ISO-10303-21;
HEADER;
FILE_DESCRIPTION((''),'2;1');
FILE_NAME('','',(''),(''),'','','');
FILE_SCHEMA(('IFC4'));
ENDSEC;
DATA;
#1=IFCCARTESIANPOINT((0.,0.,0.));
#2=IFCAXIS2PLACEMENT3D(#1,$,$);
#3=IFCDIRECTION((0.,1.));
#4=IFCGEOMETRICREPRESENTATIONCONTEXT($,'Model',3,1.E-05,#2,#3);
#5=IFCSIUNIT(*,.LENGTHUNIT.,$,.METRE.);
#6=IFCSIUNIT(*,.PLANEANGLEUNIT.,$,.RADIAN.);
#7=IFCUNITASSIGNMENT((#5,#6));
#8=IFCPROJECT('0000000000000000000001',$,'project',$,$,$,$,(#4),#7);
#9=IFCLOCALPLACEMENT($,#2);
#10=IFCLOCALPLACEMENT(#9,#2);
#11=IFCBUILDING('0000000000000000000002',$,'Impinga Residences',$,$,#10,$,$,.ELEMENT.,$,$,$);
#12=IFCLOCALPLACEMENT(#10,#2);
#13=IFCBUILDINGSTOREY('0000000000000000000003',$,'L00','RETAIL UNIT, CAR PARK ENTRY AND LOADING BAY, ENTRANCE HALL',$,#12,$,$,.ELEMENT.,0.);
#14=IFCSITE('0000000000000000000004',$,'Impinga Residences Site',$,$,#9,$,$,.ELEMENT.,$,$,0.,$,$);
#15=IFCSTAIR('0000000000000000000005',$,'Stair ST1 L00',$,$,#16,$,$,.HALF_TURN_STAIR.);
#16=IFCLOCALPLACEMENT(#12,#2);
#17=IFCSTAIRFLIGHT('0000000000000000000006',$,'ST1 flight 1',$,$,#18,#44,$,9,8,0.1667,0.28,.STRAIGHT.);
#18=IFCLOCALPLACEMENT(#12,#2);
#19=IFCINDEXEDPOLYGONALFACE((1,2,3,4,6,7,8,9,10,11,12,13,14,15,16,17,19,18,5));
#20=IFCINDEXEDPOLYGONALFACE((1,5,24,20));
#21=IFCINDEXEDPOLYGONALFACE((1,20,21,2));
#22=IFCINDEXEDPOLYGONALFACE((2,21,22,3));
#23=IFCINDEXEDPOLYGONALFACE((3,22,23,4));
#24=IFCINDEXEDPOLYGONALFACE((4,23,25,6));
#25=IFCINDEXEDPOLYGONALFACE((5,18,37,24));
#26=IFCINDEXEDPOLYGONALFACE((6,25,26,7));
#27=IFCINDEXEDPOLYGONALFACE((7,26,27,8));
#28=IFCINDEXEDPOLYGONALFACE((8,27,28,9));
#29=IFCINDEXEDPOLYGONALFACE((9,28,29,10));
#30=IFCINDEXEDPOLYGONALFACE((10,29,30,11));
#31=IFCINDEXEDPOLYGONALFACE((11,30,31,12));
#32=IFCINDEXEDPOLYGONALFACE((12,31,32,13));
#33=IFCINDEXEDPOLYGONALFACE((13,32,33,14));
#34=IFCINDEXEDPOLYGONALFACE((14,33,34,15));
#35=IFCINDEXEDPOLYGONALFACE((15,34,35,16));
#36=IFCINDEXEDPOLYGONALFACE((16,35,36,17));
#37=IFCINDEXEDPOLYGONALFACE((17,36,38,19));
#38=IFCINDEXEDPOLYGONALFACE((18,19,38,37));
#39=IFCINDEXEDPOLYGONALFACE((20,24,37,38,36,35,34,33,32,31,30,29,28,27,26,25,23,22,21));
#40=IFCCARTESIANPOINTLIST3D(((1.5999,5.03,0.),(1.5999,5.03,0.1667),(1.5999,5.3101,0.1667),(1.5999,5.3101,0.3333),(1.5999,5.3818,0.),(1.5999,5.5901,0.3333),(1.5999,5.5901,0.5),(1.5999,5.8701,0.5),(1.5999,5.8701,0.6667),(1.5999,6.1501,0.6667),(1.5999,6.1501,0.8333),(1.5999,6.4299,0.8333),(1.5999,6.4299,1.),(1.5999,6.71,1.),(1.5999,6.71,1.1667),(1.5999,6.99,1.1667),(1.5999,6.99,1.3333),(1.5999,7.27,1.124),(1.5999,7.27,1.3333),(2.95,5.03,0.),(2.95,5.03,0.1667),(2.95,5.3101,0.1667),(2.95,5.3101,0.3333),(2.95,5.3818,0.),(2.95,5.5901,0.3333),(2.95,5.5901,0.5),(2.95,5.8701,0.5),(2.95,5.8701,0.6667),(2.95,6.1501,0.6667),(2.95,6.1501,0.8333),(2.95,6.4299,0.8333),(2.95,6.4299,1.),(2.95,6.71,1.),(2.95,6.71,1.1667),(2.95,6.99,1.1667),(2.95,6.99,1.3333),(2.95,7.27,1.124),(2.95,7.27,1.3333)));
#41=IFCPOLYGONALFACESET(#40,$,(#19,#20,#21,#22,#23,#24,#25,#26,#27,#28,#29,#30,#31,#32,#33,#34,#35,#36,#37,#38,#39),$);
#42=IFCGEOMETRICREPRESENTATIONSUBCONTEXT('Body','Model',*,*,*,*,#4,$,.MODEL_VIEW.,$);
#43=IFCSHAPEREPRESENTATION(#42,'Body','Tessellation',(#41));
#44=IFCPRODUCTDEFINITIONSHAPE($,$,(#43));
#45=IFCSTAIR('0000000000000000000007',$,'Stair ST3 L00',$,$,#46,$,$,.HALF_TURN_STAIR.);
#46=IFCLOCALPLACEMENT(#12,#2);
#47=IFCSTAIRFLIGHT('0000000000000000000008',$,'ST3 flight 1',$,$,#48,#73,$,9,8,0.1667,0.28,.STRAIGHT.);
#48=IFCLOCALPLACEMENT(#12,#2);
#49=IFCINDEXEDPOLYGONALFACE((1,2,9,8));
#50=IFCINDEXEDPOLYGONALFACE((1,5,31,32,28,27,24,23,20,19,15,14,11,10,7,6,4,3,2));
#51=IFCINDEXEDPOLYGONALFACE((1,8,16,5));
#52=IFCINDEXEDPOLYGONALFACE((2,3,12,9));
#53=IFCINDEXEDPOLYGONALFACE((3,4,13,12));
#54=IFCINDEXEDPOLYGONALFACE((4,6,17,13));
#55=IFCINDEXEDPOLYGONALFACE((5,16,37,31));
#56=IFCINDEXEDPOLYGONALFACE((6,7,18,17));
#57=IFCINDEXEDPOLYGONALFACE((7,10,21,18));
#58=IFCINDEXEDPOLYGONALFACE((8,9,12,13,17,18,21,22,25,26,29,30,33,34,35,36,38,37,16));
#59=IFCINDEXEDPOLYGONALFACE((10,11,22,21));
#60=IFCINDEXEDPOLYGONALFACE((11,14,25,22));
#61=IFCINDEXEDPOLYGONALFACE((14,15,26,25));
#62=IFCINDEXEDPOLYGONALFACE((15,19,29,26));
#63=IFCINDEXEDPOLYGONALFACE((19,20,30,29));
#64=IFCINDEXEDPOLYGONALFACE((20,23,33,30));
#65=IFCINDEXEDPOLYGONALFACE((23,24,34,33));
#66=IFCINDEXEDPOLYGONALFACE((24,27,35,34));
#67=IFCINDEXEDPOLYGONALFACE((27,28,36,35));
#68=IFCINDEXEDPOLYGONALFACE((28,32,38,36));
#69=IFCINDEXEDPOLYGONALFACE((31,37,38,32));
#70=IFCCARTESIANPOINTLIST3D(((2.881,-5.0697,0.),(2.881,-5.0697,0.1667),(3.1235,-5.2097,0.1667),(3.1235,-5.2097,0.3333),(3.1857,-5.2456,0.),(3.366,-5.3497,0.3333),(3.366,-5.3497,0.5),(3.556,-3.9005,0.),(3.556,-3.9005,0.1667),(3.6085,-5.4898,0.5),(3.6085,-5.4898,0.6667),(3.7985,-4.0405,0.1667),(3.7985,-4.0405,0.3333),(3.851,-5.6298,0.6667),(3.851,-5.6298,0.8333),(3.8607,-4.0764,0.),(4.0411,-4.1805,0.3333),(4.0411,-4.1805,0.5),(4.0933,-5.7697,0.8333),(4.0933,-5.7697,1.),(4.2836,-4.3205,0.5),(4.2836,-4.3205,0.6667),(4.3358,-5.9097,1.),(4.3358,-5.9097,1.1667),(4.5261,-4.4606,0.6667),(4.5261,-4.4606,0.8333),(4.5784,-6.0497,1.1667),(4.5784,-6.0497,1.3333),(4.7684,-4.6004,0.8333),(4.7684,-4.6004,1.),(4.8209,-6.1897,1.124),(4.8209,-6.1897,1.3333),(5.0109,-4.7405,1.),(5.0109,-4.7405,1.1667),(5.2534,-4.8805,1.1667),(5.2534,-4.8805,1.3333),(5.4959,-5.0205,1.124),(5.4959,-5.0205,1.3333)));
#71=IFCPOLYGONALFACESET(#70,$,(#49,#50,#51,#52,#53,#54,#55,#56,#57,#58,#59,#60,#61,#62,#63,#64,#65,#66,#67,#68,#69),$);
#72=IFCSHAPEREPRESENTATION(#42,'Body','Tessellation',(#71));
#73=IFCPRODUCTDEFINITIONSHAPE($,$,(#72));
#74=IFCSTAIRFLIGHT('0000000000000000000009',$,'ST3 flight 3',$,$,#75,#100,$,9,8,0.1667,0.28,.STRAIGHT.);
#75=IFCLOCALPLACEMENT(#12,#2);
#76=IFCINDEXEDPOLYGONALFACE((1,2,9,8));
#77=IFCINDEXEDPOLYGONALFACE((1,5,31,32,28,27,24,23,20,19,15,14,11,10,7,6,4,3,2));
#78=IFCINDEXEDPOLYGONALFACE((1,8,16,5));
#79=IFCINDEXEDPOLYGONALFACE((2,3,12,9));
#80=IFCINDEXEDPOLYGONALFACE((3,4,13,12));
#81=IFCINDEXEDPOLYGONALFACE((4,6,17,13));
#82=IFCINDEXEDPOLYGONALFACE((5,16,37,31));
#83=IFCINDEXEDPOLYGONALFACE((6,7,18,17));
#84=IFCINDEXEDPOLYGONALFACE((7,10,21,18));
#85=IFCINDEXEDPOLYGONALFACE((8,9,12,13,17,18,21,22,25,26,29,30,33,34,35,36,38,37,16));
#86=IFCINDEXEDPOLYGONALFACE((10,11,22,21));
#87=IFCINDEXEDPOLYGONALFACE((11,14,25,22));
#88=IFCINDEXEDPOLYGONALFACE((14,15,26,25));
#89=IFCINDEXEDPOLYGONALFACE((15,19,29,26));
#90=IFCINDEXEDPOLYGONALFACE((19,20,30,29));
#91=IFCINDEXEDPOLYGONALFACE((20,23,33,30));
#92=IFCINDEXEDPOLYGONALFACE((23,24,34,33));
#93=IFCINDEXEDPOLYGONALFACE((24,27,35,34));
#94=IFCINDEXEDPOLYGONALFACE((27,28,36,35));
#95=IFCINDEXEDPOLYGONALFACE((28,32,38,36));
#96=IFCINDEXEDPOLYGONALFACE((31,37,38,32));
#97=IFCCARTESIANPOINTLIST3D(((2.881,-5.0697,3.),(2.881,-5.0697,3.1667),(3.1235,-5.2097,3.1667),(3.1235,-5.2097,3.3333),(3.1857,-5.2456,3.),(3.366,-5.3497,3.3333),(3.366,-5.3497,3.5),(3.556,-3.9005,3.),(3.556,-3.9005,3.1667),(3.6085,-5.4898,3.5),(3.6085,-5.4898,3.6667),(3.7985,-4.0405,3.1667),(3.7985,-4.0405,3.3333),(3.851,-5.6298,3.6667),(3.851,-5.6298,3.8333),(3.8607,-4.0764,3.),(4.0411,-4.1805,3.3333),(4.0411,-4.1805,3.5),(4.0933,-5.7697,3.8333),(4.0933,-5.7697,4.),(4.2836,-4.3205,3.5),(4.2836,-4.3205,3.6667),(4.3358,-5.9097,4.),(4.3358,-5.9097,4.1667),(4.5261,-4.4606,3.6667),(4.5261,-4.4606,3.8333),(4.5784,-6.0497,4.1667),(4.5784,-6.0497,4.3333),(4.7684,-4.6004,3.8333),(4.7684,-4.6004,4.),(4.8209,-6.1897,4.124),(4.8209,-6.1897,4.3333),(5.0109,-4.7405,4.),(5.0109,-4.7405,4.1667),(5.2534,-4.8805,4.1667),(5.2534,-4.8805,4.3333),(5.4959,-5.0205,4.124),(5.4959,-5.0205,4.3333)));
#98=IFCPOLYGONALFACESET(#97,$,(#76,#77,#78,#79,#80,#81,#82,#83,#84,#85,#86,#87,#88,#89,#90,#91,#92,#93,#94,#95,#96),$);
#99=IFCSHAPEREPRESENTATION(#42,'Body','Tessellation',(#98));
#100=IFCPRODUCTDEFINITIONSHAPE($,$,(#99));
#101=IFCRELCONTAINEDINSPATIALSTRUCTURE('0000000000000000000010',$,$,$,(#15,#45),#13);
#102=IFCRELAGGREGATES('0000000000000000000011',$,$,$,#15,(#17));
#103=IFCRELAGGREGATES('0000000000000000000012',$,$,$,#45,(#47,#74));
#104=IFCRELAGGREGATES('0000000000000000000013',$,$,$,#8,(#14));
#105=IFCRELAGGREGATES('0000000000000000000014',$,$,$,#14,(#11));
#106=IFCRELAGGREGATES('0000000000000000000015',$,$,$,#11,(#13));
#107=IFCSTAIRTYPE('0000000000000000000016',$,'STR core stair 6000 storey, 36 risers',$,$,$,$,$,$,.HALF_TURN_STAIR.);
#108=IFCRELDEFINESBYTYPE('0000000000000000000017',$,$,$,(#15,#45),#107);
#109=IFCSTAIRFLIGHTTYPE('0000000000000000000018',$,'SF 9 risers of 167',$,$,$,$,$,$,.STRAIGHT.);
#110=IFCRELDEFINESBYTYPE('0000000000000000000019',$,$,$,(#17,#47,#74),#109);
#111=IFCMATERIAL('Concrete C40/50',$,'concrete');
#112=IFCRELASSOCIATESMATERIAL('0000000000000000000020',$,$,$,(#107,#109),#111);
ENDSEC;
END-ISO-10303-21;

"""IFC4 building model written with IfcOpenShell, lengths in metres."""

from ifc_helpers import new_model, si_unit, direction, frame, origin, place, context, subcontext, project, spatial, polyline, outline, extrude, material, type_object, element, aggregate, save


model = new_model("IFC4")

# Units and contexts
model_context = context("Model", 3, precision=1e-05, world=origin(), true_north=direction((0.0, 1.0)))
body_context = subcontext(model_context, "Body", "Model", "MODEL_VIEW")
ifc_project = project(units=[si_unit("LENGTHUNIT", "METRE"), si_unit("PLANEANGLEUNIT", "RADIAN")], contexts=[model_context])

# Site, building, storey
site_placement = place(None, origin())
site = spatial("IfcSite", under=ifc_project, at=site_placement, Name="Impinga Residences Site", CompositionType="ELEMENT", RefElevation=0.0)
building_placement = place(site_placement, origin())
building = spatial("IfcBuilding", under=site, at=building_placement, Name="Impinga Residences", CompositionType="ELEMENT")
storey_placement = place(building_placement, origin())
storey = spatial("IfcBuildingStorey", under=building, at=storey_placement, Name="L00", Description="RETAIL UNIT, CAR PARK ENTRY AND LOADING BAY, ENTRANCE HALL", CompositionType="ELEMENT", Elevation=0.0)

# Shared definitions
ifc_material_1 = material(Name="Concrete C40/50", Category="concrete")

# Stair, stair flight
stair_type_1 = type_object("IfcStairType", Name="STR core stair 6000 storey, 36 risers", PredefinedType="HALF_TURN_STAIR", material=ifc_material_1)
stair_1_placement = place(storey_placement, origin())
stair_1 = element("IfcStair", 1, at=stair_1_placement, inside=storey, type_object=stair_type_1, Name="Stair ST1 L00", PredefinedType="HALF_TURN_STAIR")
stair_flight_type = type_object("IfcStairFlightType", Name="SF 9 risers of 167", PredefinedType="STRAIGHT", material=ifc_material_1)
stair_flight_1_placement = place(storey_placement, frame((2.2749, 5.03, 0.0), z_axis=(0.0, 0.0, 1.0), x_axis=(0.0, 1.0, 0.0)))
stair_flight_1 = element("IfcStairFlight", 2, at=stair_flight_1_placement, type_object=stair_flight_type, Name="ST1 flight 1", NumberOfRisers=9, NumberOfTreads=8, PredefinedType="STRAIGHT", RiserHeight=0.1667, TreadLength=0.28, context=body_context, shape_type="SweptSolid", body=[
    extrude(outline(polyline([(0.0, 0.0), (0.0, 0.1667), (0.28, 0.1667), (0.28, 0.3333), (0.5601, 0.3333), (0.5601, 0.5), (0.8401, 0.5), (0.8401, 0.6667), (1.1201, 0.6667), (1.1201, 0.8333), (1.3999, 0.8333), (1.3999, 1.0), (1.6799, 1.0), (1.6799, 1.1667), (1.96, 1.1667), (1.96, 1.3333), (2.24, 1.3333), (2.24, 1.5), (2.24, 1.124), (0.3518, 0.0), (0.0, 0.0)])), frame((0.0, 0.675, 0.0), z_axis=(0.0, -1.0, 0.0), x_axis=(1.0, 0.0, 0.0)), (0.0, 0.0, 1.0), 1.3501),
])
aggregate(stair_1, [stair_flight_1])

# Stair, stair flights
stair_2_placement = place(storey_placement, origin())
stair_2 = element("IfcStair", 3, at=stair_2_placement, inside=storey, type_object=stair_type_1, Name="Stair ST3 L00", PredefinedType="HALF_TURN_STAIR")
stair_flight_2_placement = place(storey_placement, frame((3.2185, -4.4851, 0.0), z_axis=(0.0, 0.0, 1.0), x_axis=(0.866025, -0.5, 0.0)))
stair_flight_2 = element("IfcStairFlight", 4, at=stair_flight_2_placement, type_object=stair_flight_type, Name="ST3 flight 1", NumberOfRisers=9, NumberOfTreads=8, PredefinedType="STRAIGHT", RiserHeight=0.1667, TreadLength=0.28, context=body_context, shape_type="SweptSolid", body=[
    extrude(outline(polyline([(0.0, 0.0), (0.0, 0.1667), (0.28, 0.1667), (0.28, 0.3333), (0.5601, 0.3333), (0.5601, 0.5), (0.8401, 0.5), (0.8401, 0.6667), (1.1201, 0.6667), (1.1201, 0.8333), (1.3999, 0.8333), (1.3999, 1.0), (1.6799, 1.0), (1.6799, 1.1667), (1.96, 1.1667), (1.96, 1.3333), (2.24, 1.3333), (2.24, 1.5), (2.24, 1.124), (0.3518, 0.0), (0.0, 0.0)])), frame((0.0, 0.675, 0.0), z_axis=(0.0, -1.0, 0.0), x_axis=(1.0, 0.0, 0.0)), (0.0, 0.0, 1.0), 1.3501),
])
stair_flight_3_placement = place(storey_placement, frame((3.2185, -4.4851, 3.0), z_axis=(0.0, 0.0, 1.0), x_axis=(0.866025, -0.5, 0.0)))
stair_flight_3 = element("IfcStairFlight", 5, at=stair_flight_3_placement, type_object=stair_flight_type, Name="ST3 flight 3", NumberOfRisers=9, NumberOfTreads=8, PredefinedType="STRAIGHT", RiserHeight=0.1667, TreadLength=0.28, context=body_context, shape_type="SweptSolid", body=[
    extrude(outline(polyline([(0.0, 0.0), (0.0, 0.1667), (0.28, 0.1667), (0.28, 0.3333), (0.5601, 0.3333), (0.5601, 0.5), (0.8401, 0.5), (0.8401, 0.6667), (1.1201, 0.6667), (1.1201, 0.8333), (1.3999, 0.8333), (1.3999, 1.0), (1.6799, 1.0), (1.6799, 1.1667), (1.96, 1.1667), (1.96, 1.3333), (2.24, 1.3333), (2.24, 1.5), (2.24, 1.124), (0.3518, 0.0), (0.0, 0.0)])), frame((0.0, 0.675, 0.0), z_axis=(0.0, -1.0, 0.0), x_axis=(1.0, 0.0, 0.0)), (0.0, 0.0, 1.0), 1.3501),
])
aggregate(stair_2, [stair_flight_2, stair_flight_3])

save(model, "model.ifc")
